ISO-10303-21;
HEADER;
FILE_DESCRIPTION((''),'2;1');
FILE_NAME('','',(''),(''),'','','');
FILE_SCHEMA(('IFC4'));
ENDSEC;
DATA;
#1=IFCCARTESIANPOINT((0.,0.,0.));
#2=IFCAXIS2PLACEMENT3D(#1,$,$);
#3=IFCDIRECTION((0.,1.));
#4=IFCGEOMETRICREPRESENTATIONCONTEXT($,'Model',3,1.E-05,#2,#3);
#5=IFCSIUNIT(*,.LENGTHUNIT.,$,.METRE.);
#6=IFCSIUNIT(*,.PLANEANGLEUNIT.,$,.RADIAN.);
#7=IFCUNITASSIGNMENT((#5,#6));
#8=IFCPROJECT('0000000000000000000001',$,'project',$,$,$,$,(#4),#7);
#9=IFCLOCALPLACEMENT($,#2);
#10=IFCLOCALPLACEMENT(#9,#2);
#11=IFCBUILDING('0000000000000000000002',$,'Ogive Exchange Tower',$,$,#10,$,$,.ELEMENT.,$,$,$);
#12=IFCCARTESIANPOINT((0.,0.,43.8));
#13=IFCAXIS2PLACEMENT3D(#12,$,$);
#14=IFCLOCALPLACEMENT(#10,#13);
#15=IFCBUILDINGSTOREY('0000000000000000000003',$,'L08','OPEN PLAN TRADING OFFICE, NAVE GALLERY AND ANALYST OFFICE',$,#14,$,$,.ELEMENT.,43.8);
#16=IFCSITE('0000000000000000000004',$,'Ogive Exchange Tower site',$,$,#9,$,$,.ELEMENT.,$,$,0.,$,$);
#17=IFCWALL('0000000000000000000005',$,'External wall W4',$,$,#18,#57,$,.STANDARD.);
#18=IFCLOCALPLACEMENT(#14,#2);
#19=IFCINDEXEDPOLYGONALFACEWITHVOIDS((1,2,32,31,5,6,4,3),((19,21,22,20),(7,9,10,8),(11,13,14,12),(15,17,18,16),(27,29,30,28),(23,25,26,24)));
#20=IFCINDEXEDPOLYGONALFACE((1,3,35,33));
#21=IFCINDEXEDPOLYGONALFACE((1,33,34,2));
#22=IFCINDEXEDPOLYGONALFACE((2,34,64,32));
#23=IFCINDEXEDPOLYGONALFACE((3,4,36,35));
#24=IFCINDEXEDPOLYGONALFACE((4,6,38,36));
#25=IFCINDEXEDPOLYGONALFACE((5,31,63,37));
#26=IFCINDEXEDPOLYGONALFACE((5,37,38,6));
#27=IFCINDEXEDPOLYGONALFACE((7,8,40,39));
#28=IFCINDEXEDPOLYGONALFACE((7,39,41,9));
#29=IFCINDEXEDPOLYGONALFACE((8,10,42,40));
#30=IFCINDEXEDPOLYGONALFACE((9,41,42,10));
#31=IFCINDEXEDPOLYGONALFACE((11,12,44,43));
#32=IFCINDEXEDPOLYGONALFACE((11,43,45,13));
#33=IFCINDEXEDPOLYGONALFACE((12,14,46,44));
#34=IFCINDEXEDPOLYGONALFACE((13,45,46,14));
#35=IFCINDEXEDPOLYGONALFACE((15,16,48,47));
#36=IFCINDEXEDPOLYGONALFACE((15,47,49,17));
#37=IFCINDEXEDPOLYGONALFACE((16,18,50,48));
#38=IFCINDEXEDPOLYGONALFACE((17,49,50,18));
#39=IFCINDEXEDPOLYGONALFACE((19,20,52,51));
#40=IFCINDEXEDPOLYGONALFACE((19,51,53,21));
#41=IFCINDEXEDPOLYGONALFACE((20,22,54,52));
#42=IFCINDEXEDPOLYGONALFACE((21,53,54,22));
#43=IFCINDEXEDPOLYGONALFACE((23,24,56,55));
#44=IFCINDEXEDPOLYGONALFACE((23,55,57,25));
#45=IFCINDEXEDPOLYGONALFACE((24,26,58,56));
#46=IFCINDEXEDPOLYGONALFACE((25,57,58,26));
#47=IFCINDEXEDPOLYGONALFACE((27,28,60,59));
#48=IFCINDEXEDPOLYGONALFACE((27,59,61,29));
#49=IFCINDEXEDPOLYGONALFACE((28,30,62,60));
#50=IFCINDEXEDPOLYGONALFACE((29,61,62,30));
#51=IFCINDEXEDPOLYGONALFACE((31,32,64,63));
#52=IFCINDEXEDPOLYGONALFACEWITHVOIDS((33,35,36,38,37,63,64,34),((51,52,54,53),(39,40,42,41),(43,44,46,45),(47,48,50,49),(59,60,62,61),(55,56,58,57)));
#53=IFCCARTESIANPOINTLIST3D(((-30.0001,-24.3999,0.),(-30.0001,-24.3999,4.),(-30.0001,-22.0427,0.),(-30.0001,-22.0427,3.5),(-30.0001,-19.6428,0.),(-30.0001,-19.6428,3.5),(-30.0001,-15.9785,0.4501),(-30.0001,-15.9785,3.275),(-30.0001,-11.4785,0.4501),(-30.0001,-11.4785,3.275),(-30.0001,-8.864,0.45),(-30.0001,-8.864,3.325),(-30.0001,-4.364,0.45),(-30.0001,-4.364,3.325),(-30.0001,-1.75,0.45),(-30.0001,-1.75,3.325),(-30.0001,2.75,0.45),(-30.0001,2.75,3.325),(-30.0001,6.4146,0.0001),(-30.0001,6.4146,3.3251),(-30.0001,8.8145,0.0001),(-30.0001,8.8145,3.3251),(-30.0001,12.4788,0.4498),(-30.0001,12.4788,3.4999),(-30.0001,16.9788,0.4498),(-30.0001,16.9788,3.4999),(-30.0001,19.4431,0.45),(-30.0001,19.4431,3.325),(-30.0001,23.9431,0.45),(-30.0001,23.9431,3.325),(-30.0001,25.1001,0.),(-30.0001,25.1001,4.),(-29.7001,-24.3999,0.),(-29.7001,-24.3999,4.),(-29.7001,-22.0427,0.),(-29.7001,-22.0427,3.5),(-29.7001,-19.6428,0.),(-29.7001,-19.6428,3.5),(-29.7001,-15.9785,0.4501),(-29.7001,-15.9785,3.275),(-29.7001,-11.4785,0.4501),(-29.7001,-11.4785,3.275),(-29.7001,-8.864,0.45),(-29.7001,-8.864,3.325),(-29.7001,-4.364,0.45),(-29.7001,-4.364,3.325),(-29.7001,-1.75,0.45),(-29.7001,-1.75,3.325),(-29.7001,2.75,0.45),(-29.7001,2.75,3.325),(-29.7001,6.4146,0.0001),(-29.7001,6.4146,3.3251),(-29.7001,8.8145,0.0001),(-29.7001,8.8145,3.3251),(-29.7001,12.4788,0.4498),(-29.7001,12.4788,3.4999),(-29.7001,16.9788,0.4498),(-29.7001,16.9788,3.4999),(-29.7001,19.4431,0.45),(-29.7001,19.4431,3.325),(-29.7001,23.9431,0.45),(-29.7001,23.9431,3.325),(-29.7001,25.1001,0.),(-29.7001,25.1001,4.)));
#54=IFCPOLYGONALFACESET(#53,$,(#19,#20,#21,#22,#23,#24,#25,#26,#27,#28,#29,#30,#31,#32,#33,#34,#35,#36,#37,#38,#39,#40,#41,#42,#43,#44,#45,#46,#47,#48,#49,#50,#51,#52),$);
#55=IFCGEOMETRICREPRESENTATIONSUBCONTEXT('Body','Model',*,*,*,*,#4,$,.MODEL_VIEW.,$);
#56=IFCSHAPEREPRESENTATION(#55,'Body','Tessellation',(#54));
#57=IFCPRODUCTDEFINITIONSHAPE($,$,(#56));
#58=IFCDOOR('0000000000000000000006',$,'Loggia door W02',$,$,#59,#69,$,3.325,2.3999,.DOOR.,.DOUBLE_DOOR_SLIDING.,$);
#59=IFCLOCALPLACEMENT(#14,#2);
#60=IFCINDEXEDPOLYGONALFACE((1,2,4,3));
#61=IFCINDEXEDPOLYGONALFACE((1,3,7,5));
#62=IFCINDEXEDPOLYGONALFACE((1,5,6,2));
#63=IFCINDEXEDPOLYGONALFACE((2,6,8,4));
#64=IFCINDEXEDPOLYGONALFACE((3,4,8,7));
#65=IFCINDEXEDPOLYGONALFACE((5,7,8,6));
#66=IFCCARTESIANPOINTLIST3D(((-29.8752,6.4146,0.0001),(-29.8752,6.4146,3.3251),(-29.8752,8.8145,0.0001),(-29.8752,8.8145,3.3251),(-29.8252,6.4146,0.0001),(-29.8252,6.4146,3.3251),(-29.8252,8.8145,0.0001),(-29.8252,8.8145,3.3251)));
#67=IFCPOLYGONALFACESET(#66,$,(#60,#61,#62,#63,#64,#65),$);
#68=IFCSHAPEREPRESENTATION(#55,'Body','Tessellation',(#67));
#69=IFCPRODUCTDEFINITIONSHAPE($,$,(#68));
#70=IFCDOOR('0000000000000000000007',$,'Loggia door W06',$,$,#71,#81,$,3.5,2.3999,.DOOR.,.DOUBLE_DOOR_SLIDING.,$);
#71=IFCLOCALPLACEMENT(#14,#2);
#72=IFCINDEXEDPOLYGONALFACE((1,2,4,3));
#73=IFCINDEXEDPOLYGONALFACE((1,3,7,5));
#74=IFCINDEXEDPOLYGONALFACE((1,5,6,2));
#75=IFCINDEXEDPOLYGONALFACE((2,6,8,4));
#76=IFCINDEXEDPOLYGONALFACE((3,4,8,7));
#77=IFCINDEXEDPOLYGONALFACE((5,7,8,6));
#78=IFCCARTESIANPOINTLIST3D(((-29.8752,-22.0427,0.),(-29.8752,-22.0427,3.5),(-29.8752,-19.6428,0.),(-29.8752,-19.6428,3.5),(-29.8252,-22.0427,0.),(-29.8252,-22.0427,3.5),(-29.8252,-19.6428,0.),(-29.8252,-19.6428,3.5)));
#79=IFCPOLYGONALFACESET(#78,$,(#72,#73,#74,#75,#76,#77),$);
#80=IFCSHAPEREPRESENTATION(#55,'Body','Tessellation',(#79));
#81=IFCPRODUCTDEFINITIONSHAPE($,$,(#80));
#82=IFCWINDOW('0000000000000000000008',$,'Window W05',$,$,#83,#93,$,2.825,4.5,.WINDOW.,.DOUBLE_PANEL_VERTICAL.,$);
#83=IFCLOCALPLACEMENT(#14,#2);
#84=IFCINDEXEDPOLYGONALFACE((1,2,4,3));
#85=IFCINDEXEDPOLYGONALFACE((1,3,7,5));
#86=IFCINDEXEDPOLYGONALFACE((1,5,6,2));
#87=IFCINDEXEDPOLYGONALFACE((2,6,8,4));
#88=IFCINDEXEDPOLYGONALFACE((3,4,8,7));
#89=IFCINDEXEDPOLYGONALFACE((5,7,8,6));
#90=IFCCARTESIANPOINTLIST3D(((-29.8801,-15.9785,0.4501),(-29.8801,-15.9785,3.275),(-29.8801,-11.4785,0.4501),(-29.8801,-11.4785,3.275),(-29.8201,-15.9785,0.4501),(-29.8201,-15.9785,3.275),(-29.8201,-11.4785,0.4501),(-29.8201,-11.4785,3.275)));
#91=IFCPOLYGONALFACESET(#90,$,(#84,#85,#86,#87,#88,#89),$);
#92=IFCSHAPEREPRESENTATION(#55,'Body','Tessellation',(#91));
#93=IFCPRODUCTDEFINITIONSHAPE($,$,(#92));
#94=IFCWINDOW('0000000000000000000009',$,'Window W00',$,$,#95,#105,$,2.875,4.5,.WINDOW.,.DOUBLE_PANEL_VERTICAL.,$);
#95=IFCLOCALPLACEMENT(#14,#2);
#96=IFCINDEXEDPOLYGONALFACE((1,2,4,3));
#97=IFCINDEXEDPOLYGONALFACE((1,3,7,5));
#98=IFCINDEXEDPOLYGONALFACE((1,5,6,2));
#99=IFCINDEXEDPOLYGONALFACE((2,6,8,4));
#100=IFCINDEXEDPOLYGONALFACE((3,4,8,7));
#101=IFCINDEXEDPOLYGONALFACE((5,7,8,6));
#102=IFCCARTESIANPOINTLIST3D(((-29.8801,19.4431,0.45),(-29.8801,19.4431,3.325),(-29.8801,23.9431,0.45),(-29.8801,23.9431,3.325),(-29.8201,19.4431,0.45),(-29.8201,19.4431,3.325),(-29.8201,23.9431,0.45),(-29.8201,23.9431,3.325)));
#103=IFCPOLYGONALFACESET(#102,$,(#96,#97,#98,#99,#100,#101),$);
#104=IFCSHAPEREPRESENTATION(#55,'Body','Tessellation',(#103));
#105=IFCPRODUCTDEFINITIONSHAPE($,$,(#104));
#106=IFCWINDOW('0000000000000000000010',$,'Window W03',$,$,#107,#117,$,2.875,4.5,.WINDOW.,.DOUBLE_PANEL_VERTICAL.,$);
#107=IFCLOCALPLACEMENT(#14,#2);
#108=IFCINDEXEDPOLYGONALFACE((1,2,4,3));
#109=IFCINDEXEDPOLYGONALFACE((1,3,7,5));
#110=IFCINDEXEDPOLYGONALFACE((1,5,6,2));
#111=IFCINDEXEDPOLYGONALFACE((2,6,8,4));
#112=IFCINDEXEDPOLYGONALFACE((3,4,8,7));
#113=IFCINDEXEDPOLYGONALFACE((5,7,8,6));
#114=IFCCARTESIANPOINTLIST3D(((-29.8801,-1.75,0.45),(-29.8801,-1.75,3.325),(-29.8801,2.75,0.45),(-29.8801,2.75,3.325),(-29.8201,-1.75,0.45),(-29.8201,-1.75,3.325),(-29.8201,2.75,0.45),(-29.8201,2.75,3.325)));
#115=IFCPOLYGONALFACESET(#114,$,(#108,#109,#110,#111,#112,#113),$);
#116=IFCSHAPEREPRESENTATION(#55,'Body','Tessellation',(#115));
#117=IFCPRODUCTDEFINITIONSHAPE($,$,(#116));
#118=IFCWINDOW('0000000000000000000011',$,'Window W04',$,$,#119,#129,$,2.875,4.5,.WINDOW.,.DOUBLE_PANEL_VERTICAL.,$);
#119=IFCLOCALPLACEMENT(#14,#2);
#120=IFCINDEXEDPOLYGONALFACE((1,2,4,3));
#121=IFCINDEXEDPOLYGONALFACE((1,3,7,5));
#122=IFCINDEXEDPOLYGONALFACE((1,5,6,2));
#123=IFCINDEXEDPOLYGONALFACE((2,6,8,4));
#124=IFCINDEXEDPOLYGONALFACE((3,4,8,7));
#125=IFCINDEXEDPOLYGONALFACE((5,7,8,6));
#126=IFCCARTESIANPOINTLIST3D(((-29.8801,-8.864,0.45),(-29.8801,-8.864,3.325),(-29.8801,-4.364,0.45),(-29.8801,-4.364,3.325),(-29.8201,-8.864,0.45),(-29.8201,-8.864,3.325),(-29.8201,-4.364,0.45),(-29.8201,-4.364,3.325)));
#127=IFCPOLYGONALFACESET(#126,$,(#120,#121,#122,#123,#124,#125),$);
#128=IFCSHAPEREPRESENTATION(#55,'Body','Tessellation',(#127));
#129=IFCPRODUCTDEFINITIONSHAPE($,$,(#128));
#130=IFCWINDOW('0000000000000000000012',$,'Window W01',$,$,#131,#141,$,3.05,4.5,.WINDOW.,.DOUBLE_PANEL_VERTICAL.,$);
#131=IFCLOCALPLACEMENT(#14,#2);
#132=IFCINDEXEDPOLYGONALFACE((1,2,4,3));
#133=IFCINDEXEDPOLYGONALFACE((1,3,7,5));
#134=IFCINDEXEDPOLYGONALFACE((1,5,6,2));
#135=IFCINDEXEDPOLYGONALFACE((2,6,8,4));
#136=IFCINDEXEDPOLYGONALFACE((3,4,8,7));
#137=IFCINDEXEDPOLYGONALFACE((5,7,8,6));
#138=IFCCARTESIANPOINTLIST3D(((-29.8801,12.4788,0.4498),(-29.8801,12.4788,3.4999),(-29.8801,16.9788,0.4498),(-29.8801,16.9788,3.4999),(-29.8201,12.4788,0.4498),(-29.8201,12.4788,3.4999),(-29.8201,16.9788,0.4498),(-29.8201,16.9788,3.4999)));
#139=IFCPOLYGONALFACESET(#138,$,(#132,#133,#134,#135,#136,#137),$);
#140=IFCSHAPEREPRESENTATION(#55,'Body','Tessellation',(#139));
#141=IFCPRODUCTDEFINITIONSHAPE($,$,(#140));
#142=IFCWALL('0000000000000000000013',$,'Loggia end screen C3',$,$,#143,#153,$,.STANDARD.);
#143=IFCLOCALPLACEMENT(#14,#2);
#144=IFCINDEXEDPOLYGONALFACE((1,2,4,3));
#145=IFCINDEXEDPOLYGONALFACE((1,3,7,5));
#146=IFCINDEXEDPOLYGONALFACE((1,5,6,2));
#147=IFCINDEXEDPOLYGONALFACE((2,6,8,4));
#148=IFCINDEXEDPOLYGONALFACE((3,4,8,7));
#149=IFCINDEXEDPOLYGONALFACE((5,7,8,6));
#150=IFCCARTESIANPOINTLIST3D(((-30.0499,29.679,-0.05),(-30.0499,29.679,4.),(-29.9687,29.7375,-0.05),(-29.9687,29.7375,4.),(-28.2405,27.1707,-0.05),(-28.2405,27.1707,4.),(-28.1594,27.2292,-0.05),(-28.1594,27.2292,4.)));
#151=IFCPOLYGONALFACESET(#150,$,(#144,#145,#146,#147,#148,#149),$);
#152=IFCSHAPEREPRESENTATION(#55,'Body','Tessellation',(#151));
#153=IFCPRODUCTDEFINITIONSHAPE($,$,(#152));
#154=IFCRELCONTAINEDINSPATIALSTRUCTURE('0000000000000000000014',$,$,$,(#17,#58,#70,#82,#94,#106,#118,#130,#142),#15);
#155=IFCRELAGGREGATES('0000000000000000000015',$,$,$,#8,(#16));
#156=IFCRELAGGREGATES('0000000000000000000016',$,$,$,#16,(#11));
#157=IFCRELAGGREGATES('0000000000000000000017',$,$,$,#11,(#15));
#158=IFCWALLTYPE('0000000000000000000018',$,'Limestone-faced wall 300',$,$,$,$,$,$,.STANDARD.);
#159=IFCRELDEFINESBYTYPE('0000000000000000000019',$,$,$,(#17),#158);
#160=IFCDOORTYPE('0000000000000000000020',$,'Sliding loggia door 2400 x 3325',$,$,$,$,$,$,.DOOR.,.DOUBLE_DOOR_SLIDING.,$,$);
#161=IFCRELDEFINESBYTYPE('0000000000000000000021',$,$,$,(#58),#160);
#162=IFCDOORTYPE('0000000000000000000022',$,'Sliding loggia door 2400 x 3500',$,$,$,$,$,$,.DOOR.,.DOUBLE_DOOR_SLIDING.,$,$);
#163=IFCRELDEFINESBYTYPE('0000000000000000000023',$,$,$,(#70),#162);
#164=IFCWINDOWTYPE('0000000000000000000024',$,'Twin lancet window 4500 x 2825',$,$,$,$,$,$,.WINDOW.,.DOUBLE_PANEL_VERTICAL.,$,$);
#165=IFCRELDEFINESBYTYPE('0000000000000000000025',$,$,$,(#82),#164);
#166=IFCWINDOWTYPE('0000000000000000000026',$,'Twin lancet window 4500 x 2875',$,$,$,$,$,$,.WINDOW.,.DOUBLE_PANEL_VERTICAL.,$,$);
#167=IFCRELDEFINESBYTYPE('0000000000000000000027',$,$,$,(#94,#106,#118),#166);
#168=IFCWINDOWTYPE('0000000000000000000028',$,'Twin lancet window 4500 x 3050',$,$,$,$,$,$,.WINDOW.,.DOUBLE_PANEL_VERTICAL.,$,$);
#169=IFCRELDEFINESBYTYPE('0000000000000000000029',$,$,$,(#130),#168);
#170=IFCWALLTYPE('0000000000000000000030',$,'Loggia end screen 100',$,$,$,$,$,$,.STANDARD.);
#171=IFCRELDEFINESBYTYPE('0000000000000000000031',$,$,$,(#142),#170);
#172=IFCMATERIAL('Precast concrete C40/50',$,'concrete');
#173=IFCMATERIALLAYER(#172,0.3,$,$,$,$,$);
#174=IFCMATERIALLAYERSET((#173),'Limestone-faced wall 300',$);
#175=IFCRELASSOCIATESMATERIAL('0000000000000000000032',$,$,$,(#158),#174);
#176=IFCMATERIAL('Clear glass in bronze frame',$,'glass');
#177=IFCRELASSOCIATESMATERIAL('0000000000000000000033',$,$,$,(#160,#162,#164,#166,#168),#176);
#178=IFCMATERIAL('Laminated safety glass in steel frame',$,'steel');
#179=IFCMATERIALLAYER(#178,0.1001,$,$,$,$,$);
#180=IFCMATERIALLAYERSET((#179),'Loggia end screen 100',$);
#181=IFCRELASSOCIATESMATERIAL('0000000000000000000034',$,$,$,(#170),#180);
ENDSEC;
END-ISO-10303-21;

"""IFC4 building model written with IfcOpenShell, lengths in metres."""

from ifc_helpers import new_model, si_unit, direction, frame, frame_2d, origin, place, context, subcontext, project, spatial, rectangle, extrude, material, layer, layer_set, type_object, element, fill, save


model = new_model("IFC4")

# Units and contexts
model_context = context("Model", 3, precision=1e-05, world=origin(), true_north=direction((0.0, 1.0)))
body_context = subcontext(model_context, "Body", "Model", "MODEL_VIEW")
ifc_project = project(units=[si_unit("LENGTHUNIT", "METRE"), si_unit("PLANEANGLEUNIT", "RADIAN")], contexts=[model_context])

# Site, building, storey
site_placement = place(None, origin())
site = spatial("IfcSite", under=ifc_project, at=site_placement, Name="Ogive Exchange Tower site", CompositionType="ELEMENT", RefElevation=0.0)
building_placement = place(site_placement, origin())
building = spatial("IfcBuilding", under=site, at=building_placement, Name="Ogive Exchange Tower", CompositionType="ELEMENT")
storey_placement = place(building_placement, frame((0.0, 0.0, 43.8)))
storey = spatial("IfcBuildingStorey", under=building, at=storey_placement, Name="L08", Description="OPEN PLAN TRADING OFFICE, NAVE GALLERY AND ANALYST OFFICE", CompositionType="ELEMENT", Elevation=43.8)

# Wall, openings, doors, windows
ifc_material_1 = material(Name="Precast concrete C40/50", Category="concrete")
ifc_layer_1 = layer(ifc_material_1, 0.3)
ifc_layer_set_1 = layer_set([ifc_layer_1], Name="Limestone-faced wall 300")
wall_type_1 = type_object("IfcWallType", Name="Limestone-faced wall 300", PredefinedType="STANDARD", material=ifc_layer_set_1)
wall_1_placement = place(storey_placement, frame((-29.8501, 25.1001, 0.0), z_axis=(0.0, 0.0, 1.0), x_axis=(0.0, -1.0, 0.0)))
wall_1 = element("IfcWall", 1, at=wall_1_placement, inside=storey, type_object=wall_type_1, Name="External wall W4", PredefinedType="STANDARD", context=body_context, shape_type="SweptSolid", body=[
    extrude(rectangle(XDim=49.5, YDim=0.3, at=frame_2d((24.75, 0.0))), origin(), (0.0, 0.0, 1.0), 4.0),
])
opening_1_placement = place(wall_1_placement, frame((1.157, 0.0, 0.45)))
opening_1 = element("IfcOpeningElement", 2, at=opening_1_placement, cuts=wall_1, PredefinedType="OPENING", context=body_context, shape_type="SweptSolid", body=[
    extrude(rectangle(XDim=4.5, YDim=2.875, at=frame_2d((2.25, 1.4375))), frame((0.0, 0.1599, 0.0), z_axis=(0.0, -1.0, 0.0), x_axis=(1.0, 0.0, 0.0)), (0.0, 0.0, 1.0), 0.3201),
])
opening_2_placement = place(wall_1_placement, frame((8.1213, 0.0, 0.45)))
opening_2 = element("IfcOpeningElement", 3, at=opening_2_placement, cuts=wall_1, PredefinedType="OPENING", context=body_context, shape_type="SweptSolid", body=[
    extrude(rectangle(XDim=4.5, YDim=3.05, at=frame_2d((2.25, 1.5249))), frame((0.0, 0.1599, 0.0), z_axis=(0.0, -1.0, 0.0), x_axis=(1.0, 0.0, 0.0)), (0.0, 0.0, 1.0), 0.3201),
])
opening_3_placement = place(wall_1_placement, frame((16.2856, 0.0, 0.0)))
opening_3 = element("IfcOpeningElement", 4, at=opening_3_placement, cuts=wall_1, PredefinedType="OPENING", context=body_context, shape_type="SweptSolid", body=[
    extrude(rectangle(XDim=2.3999, YDim=3.325, at=frame_2d((1.2, 1.6626))), frame((0.0, 0.1599, 0.0), z_axis=(0.0, -1.0, 0.0), x_axis=(1.0, 0.0, 0.0)), (0.0, 0.0, 1.0), 0.3201),
])
opening_4_placement = place(wall_1_placement, frame((22.3501, 0.0, 0.45)))
opening_4 = element("IfcOpeningElement", 5, at=opening_4_placement, cuts=wall_1, PredefinedType="OPENING", context=body_context, shape_type="SweptSolid", body=[
    extrude(rectangle(XDim=4.5, YDim=2.875, at=frame_2d((2.25, 1.4375))), frame((0.0, 0.1599, 0.0), z_axis=(0.0, -1.0, 0.0), x_axis=(1.0, 0.0, 0.0)), (0.0, 0.0, 1.0), 0.3201),
])
opening_5_placement = place(wall_1_placement, frame((29.4641, 0.0, 0.45)))
opening_5 = element("IfcOpeningElement", 6, at=opening_5_placement, cuts=wall_1, PredefinedType="OPENING", context=body_context, shape_type="SweptSolid", body=[
    extrude(rectangle(XDim=4.5, YDim=2.875, at=frame_2d((2.25, 1.4375))), frame((0.0, 0.1599, 0.0), z_axis=(0.0, -1.0, 0.0), x_axis=(1.0, 0.0, 0.0)), (0.0, 0.0, 1.0), 0.3201),
])
opening_6_placement = place(wall_1_placement, frame((36.5786, 0.0, 0.45)))
opening_6 = element("IfcOpeningElement", 7, at=opening_6_placement, cuts=wall_1, PredefinedType="OPENING", context=body_context, shape_type="SweptSolid", body=[
    extrude(rectangle(XDim=4.5, YDim=2.825, at=frame_2d((2.25, 1.4126))), frame((0.0, 0.1599, 0.0), z_axis=(0.0, -1.0, 0.0), x_axis=(1.0, 0.0, 0.0)), (0.0, 0.0, 1.0), 0.3201),
])
opening_7_placement = place(wall_1_placement, frame((44.7429, 0.0, 0.0)))
opening_7 = element("IfcOpeningElement", 8, at=opening_7_placement, cuts=wall_1, PredefinedType="OPENING", context=body_context, shape_type="SweptSolid", body=[
    extrude(rectangle(XDim=2.3999, YDim=3.5, at=frame_2d((1.2, 1.75))), frame((0.0, 0.1599, 0.0), z_axis=(0.0, -1.0, 0.0), x_axis=(1.0, 0.0, 0.0)), (0.0, 0.0, 1.0), 0.3201),
])
ifc_material_2 = material(Name="Clear glass in bronze frame", Category="glass")
door_type_1 = type_object("IfcDoorType", Name="Sliding loggia door 2400 x 3325", OperationType="DOUBLE_DOOR_SLIDING", PredefinedType="DOOR", material=ifc_material_2)
door_1_placement = place(opening_3_placement, origin())
door_1 = element("IfcDoor", 9, at=door_1_placement, inside=storey, type_object=door_type_1, Name="Loggia door W02", OperationType="DOUBLE_DOOR_SLIDING", OverallHeight=3.325, OverallWidth=2.3999, PredefinedType="DOOR", context=body_context, shape_type="SweptSolid", body=[
    extrude(rectangle(XDim=2.3999, YDim=3.325, at=frame_2d((1.2, 1.6626))), frame((0.0, 0.0249, 0.0), z_axis=(0.0, -1.0, 0.0), x_axis=(1.0, 0.0, 0.0)), (0.0, 0.0, 1.0), 0.05),
])
fill(opening_3, door_1)
door_type_2 = type_object("IfcDoorType", Name="Sliding loggia door 2400 x 3500", OperationType="DOUBLE_DOOR_SLIDING", PredefinedType="DOOR", material=ifc_material_2)
door_2_placement = place(opening_7_placement, origin())
door_2 = element("IfcDoor", 10, at=door_2_placement, inside=storey, type_object=door_type_2, Name="Loggia door W06", OperationType="DOUBLE_DOOR_SLIDING", OverallHeight=3.5, OverallWidth=2.3999, PredefinedType="DOOR", context=body_context, shape_type="SweptSolid", body=[
    extrude(rectangle(XDim=2.3999, YDim=3.5, at=frame_2d((1.2, 1.75))), frame((0.0, 0.0249, 0.0), z_axis=(0.0, -1.0, 0.0), x_axis=(1.0, 0.0, 0.0)), (0.0, 0.0, 1.0), 0.05),
])
fill(opening_7, door_2)
window_type_1 = type_object("IfcWindowType", Name="Twin lancet window 4500 x 2825", PartitioningType="DOUBLE_PANEL_VERTICAL", PredefinedType="WINDOW", material=ifc_material_2)
window_1_placement = place(opening_6_placement, origin())
window_1 = element("IfcWindow", 11, at=window_1_placement, inside=storey, type_object=window_type_1, Name="Window W05", OverallHeight=2.825, OverallWidth=4.5, PartitioningType="DOUBLE_PANEL_VERTICAL", PredefinedType="WINDOW", context=body_context, shape_type="SweptSolid", body=[
    extrude(rectangle(XDim=4.5, YDim=2.825, at=frame_2d((2.25, 1.4126))), frame((0.0, 0.03, 0.0), z_axis=(0.0, -1.0, 0.0), x_axis=(1.0, 0.0, 0.0)), (0.0, 0.0, 1.0), 0.0601),
])
fill(opening_6, window_1)
window_type_2 = type_object("IfcWindowType", Name="Twin lancet window 4500 x 2875", PartitioningType="DOUBLE_PANEL_VERTICAL", PredefinedType="WINDOW", material=ifc_material_2)
window_2_placement = place(opening_1_placement, origin())
window_2 = element("IfcWindow", 12, at=window_2_placement, inside=storey, type_object=window_type_2, Name="Window W00", OverallHeight=2.875, OverallWidth=4.5, PartitioningType="DOUBLE_PANEL_VERTICAL", PredefinedType="WINDOW", context=body_context, shape_type="SweptSolid", body=[
    extrude(rectangle(XDim=4.5, YDim=2.875, at=frame_2d((2.25, 1.4375))), frame((0.0, 0.03, 0.0), z_axis=(0.0, -1.0, 0.0), x_axis=(1.0, 0.0, 0.0)), (0.0, 0.0, 1.0), 0.0601),
])
fill(opening_1, window_2)
window_3_placement = place(opening_4_placement, origin())
window_3 = element("IfcWindow", 13, at=window_3_placement, inside=storey, type_object=window_type_2, Name="Window W03", OverallHeight=2.875, OverallWidth=4.5, PartitioningType="DOUBLE_PANEL_VERTICAL", PredefinedType="WINDOW", context=body_context, shape_type="SweptSolid", body=[
    extrude(rectangle(XDim=4.5, YDim=2.875, at=frame_2d((2.25, 1.4375))), frame((0.0, 0.03, 0.0), z_axis=(0.0, -1.0, 0.0), x_axis=(1.0, 0.0, 0.0)), (0.0, 0.0, 1.0), 0.0601),
])
fill(opening_4, window_3)
window_4_placement = place(opening_5_placement, origin())
window_4 = element("IfcWindow", 14, at=window_4_placement, inside=storey, type_object=window_type_2, Name="Window W04", OverallHeight=2.875, OverallWidth=4.5, PartitioningType="DOUBLE_PANEL_VERTICAL", PredefinedType="WINDOW", context=body_context, shape_type="SweptSolid", body=[
    extrude(rectangle(XDim=4.5, YDim=2.875, at=frame_2d((2.25, 1.4375))), frame((0.0, 0.03, 0.0), z_axis=(0.0, -1.0, 0.0), x_axis=(1.0, 0.0, 0.0)), (0.0, 0.0, 1.0), 0.0601),
])
fill(opening_5, window_4)
window_type_3 = type_object("IfcWindowType", Name="Twin lancet window 4500 x 3050", PartitioningType="DOUBLE_PANEL_VERTICAL", PredefinedType="WINDOW", material=ifc_material_2)
window_5_placement = place(opening_2_placement, origin())
window_5 = element("IfcWindow", 15, at=window_5_placement, inside=storey, type_object=window_type_3, Name="Window W01", OverallHeight=3.05, OverallWidth=4.5, PartitioningType="DOUBLE_PANEL_VERTICAL", PredefinedType="WINDOW", context=body_context, shape_type="SweptSolid", body=[
    extrude(rectangle(XDim=4.5, YDim=3.05, at=frame_2d((2.25, 1.5249))), frame((0.0, 0.03, 0.0), z_axis=(0.0, -1.0, 0.0), x_axis=(1.0, 0.0, 0.0)), (0.0, 0.0, 1.0), 0.0601),
])
fill(opening_2, window_5)

# Wall
ifc_material_3 = material(Name="Laminated safety glass in steel frame", Category="steel")
ifc_layer_2 = layer(ifc_material_3, 0.1001)
ifc_layer_set_2 = layer_set([ifc_layer_2], Name="Loggia end screen 100")
wall_type_2 = type_object("IfcWallType", Name="Loggia end screen 100", PredefinedType="STANDARD", material=ifc_layer_set_2)
wall_2_placement = place(storey_placement, frame((-28.2, 27.2, -0.05), z_axis=(0.0, 0.0, 1.0), x_axis=(-0.585018, 0.81102, 0.0)))
element("IfcWall", 16, at=wall_2_placement, inside=storey, type_object=wall_type_2, Name="Loggia end screen C3", PredefinedType="STANDARD", context=body_context, shape_type="SweptSolid", body=[
    extrude(rectangle(XDim=3.0928, YDim=0.1001, at=frame_2d((1.5464, 0.0))), origin(), (0.0, 0.0, 1.0), 4.05),
])

save(model, "model.ifc")
